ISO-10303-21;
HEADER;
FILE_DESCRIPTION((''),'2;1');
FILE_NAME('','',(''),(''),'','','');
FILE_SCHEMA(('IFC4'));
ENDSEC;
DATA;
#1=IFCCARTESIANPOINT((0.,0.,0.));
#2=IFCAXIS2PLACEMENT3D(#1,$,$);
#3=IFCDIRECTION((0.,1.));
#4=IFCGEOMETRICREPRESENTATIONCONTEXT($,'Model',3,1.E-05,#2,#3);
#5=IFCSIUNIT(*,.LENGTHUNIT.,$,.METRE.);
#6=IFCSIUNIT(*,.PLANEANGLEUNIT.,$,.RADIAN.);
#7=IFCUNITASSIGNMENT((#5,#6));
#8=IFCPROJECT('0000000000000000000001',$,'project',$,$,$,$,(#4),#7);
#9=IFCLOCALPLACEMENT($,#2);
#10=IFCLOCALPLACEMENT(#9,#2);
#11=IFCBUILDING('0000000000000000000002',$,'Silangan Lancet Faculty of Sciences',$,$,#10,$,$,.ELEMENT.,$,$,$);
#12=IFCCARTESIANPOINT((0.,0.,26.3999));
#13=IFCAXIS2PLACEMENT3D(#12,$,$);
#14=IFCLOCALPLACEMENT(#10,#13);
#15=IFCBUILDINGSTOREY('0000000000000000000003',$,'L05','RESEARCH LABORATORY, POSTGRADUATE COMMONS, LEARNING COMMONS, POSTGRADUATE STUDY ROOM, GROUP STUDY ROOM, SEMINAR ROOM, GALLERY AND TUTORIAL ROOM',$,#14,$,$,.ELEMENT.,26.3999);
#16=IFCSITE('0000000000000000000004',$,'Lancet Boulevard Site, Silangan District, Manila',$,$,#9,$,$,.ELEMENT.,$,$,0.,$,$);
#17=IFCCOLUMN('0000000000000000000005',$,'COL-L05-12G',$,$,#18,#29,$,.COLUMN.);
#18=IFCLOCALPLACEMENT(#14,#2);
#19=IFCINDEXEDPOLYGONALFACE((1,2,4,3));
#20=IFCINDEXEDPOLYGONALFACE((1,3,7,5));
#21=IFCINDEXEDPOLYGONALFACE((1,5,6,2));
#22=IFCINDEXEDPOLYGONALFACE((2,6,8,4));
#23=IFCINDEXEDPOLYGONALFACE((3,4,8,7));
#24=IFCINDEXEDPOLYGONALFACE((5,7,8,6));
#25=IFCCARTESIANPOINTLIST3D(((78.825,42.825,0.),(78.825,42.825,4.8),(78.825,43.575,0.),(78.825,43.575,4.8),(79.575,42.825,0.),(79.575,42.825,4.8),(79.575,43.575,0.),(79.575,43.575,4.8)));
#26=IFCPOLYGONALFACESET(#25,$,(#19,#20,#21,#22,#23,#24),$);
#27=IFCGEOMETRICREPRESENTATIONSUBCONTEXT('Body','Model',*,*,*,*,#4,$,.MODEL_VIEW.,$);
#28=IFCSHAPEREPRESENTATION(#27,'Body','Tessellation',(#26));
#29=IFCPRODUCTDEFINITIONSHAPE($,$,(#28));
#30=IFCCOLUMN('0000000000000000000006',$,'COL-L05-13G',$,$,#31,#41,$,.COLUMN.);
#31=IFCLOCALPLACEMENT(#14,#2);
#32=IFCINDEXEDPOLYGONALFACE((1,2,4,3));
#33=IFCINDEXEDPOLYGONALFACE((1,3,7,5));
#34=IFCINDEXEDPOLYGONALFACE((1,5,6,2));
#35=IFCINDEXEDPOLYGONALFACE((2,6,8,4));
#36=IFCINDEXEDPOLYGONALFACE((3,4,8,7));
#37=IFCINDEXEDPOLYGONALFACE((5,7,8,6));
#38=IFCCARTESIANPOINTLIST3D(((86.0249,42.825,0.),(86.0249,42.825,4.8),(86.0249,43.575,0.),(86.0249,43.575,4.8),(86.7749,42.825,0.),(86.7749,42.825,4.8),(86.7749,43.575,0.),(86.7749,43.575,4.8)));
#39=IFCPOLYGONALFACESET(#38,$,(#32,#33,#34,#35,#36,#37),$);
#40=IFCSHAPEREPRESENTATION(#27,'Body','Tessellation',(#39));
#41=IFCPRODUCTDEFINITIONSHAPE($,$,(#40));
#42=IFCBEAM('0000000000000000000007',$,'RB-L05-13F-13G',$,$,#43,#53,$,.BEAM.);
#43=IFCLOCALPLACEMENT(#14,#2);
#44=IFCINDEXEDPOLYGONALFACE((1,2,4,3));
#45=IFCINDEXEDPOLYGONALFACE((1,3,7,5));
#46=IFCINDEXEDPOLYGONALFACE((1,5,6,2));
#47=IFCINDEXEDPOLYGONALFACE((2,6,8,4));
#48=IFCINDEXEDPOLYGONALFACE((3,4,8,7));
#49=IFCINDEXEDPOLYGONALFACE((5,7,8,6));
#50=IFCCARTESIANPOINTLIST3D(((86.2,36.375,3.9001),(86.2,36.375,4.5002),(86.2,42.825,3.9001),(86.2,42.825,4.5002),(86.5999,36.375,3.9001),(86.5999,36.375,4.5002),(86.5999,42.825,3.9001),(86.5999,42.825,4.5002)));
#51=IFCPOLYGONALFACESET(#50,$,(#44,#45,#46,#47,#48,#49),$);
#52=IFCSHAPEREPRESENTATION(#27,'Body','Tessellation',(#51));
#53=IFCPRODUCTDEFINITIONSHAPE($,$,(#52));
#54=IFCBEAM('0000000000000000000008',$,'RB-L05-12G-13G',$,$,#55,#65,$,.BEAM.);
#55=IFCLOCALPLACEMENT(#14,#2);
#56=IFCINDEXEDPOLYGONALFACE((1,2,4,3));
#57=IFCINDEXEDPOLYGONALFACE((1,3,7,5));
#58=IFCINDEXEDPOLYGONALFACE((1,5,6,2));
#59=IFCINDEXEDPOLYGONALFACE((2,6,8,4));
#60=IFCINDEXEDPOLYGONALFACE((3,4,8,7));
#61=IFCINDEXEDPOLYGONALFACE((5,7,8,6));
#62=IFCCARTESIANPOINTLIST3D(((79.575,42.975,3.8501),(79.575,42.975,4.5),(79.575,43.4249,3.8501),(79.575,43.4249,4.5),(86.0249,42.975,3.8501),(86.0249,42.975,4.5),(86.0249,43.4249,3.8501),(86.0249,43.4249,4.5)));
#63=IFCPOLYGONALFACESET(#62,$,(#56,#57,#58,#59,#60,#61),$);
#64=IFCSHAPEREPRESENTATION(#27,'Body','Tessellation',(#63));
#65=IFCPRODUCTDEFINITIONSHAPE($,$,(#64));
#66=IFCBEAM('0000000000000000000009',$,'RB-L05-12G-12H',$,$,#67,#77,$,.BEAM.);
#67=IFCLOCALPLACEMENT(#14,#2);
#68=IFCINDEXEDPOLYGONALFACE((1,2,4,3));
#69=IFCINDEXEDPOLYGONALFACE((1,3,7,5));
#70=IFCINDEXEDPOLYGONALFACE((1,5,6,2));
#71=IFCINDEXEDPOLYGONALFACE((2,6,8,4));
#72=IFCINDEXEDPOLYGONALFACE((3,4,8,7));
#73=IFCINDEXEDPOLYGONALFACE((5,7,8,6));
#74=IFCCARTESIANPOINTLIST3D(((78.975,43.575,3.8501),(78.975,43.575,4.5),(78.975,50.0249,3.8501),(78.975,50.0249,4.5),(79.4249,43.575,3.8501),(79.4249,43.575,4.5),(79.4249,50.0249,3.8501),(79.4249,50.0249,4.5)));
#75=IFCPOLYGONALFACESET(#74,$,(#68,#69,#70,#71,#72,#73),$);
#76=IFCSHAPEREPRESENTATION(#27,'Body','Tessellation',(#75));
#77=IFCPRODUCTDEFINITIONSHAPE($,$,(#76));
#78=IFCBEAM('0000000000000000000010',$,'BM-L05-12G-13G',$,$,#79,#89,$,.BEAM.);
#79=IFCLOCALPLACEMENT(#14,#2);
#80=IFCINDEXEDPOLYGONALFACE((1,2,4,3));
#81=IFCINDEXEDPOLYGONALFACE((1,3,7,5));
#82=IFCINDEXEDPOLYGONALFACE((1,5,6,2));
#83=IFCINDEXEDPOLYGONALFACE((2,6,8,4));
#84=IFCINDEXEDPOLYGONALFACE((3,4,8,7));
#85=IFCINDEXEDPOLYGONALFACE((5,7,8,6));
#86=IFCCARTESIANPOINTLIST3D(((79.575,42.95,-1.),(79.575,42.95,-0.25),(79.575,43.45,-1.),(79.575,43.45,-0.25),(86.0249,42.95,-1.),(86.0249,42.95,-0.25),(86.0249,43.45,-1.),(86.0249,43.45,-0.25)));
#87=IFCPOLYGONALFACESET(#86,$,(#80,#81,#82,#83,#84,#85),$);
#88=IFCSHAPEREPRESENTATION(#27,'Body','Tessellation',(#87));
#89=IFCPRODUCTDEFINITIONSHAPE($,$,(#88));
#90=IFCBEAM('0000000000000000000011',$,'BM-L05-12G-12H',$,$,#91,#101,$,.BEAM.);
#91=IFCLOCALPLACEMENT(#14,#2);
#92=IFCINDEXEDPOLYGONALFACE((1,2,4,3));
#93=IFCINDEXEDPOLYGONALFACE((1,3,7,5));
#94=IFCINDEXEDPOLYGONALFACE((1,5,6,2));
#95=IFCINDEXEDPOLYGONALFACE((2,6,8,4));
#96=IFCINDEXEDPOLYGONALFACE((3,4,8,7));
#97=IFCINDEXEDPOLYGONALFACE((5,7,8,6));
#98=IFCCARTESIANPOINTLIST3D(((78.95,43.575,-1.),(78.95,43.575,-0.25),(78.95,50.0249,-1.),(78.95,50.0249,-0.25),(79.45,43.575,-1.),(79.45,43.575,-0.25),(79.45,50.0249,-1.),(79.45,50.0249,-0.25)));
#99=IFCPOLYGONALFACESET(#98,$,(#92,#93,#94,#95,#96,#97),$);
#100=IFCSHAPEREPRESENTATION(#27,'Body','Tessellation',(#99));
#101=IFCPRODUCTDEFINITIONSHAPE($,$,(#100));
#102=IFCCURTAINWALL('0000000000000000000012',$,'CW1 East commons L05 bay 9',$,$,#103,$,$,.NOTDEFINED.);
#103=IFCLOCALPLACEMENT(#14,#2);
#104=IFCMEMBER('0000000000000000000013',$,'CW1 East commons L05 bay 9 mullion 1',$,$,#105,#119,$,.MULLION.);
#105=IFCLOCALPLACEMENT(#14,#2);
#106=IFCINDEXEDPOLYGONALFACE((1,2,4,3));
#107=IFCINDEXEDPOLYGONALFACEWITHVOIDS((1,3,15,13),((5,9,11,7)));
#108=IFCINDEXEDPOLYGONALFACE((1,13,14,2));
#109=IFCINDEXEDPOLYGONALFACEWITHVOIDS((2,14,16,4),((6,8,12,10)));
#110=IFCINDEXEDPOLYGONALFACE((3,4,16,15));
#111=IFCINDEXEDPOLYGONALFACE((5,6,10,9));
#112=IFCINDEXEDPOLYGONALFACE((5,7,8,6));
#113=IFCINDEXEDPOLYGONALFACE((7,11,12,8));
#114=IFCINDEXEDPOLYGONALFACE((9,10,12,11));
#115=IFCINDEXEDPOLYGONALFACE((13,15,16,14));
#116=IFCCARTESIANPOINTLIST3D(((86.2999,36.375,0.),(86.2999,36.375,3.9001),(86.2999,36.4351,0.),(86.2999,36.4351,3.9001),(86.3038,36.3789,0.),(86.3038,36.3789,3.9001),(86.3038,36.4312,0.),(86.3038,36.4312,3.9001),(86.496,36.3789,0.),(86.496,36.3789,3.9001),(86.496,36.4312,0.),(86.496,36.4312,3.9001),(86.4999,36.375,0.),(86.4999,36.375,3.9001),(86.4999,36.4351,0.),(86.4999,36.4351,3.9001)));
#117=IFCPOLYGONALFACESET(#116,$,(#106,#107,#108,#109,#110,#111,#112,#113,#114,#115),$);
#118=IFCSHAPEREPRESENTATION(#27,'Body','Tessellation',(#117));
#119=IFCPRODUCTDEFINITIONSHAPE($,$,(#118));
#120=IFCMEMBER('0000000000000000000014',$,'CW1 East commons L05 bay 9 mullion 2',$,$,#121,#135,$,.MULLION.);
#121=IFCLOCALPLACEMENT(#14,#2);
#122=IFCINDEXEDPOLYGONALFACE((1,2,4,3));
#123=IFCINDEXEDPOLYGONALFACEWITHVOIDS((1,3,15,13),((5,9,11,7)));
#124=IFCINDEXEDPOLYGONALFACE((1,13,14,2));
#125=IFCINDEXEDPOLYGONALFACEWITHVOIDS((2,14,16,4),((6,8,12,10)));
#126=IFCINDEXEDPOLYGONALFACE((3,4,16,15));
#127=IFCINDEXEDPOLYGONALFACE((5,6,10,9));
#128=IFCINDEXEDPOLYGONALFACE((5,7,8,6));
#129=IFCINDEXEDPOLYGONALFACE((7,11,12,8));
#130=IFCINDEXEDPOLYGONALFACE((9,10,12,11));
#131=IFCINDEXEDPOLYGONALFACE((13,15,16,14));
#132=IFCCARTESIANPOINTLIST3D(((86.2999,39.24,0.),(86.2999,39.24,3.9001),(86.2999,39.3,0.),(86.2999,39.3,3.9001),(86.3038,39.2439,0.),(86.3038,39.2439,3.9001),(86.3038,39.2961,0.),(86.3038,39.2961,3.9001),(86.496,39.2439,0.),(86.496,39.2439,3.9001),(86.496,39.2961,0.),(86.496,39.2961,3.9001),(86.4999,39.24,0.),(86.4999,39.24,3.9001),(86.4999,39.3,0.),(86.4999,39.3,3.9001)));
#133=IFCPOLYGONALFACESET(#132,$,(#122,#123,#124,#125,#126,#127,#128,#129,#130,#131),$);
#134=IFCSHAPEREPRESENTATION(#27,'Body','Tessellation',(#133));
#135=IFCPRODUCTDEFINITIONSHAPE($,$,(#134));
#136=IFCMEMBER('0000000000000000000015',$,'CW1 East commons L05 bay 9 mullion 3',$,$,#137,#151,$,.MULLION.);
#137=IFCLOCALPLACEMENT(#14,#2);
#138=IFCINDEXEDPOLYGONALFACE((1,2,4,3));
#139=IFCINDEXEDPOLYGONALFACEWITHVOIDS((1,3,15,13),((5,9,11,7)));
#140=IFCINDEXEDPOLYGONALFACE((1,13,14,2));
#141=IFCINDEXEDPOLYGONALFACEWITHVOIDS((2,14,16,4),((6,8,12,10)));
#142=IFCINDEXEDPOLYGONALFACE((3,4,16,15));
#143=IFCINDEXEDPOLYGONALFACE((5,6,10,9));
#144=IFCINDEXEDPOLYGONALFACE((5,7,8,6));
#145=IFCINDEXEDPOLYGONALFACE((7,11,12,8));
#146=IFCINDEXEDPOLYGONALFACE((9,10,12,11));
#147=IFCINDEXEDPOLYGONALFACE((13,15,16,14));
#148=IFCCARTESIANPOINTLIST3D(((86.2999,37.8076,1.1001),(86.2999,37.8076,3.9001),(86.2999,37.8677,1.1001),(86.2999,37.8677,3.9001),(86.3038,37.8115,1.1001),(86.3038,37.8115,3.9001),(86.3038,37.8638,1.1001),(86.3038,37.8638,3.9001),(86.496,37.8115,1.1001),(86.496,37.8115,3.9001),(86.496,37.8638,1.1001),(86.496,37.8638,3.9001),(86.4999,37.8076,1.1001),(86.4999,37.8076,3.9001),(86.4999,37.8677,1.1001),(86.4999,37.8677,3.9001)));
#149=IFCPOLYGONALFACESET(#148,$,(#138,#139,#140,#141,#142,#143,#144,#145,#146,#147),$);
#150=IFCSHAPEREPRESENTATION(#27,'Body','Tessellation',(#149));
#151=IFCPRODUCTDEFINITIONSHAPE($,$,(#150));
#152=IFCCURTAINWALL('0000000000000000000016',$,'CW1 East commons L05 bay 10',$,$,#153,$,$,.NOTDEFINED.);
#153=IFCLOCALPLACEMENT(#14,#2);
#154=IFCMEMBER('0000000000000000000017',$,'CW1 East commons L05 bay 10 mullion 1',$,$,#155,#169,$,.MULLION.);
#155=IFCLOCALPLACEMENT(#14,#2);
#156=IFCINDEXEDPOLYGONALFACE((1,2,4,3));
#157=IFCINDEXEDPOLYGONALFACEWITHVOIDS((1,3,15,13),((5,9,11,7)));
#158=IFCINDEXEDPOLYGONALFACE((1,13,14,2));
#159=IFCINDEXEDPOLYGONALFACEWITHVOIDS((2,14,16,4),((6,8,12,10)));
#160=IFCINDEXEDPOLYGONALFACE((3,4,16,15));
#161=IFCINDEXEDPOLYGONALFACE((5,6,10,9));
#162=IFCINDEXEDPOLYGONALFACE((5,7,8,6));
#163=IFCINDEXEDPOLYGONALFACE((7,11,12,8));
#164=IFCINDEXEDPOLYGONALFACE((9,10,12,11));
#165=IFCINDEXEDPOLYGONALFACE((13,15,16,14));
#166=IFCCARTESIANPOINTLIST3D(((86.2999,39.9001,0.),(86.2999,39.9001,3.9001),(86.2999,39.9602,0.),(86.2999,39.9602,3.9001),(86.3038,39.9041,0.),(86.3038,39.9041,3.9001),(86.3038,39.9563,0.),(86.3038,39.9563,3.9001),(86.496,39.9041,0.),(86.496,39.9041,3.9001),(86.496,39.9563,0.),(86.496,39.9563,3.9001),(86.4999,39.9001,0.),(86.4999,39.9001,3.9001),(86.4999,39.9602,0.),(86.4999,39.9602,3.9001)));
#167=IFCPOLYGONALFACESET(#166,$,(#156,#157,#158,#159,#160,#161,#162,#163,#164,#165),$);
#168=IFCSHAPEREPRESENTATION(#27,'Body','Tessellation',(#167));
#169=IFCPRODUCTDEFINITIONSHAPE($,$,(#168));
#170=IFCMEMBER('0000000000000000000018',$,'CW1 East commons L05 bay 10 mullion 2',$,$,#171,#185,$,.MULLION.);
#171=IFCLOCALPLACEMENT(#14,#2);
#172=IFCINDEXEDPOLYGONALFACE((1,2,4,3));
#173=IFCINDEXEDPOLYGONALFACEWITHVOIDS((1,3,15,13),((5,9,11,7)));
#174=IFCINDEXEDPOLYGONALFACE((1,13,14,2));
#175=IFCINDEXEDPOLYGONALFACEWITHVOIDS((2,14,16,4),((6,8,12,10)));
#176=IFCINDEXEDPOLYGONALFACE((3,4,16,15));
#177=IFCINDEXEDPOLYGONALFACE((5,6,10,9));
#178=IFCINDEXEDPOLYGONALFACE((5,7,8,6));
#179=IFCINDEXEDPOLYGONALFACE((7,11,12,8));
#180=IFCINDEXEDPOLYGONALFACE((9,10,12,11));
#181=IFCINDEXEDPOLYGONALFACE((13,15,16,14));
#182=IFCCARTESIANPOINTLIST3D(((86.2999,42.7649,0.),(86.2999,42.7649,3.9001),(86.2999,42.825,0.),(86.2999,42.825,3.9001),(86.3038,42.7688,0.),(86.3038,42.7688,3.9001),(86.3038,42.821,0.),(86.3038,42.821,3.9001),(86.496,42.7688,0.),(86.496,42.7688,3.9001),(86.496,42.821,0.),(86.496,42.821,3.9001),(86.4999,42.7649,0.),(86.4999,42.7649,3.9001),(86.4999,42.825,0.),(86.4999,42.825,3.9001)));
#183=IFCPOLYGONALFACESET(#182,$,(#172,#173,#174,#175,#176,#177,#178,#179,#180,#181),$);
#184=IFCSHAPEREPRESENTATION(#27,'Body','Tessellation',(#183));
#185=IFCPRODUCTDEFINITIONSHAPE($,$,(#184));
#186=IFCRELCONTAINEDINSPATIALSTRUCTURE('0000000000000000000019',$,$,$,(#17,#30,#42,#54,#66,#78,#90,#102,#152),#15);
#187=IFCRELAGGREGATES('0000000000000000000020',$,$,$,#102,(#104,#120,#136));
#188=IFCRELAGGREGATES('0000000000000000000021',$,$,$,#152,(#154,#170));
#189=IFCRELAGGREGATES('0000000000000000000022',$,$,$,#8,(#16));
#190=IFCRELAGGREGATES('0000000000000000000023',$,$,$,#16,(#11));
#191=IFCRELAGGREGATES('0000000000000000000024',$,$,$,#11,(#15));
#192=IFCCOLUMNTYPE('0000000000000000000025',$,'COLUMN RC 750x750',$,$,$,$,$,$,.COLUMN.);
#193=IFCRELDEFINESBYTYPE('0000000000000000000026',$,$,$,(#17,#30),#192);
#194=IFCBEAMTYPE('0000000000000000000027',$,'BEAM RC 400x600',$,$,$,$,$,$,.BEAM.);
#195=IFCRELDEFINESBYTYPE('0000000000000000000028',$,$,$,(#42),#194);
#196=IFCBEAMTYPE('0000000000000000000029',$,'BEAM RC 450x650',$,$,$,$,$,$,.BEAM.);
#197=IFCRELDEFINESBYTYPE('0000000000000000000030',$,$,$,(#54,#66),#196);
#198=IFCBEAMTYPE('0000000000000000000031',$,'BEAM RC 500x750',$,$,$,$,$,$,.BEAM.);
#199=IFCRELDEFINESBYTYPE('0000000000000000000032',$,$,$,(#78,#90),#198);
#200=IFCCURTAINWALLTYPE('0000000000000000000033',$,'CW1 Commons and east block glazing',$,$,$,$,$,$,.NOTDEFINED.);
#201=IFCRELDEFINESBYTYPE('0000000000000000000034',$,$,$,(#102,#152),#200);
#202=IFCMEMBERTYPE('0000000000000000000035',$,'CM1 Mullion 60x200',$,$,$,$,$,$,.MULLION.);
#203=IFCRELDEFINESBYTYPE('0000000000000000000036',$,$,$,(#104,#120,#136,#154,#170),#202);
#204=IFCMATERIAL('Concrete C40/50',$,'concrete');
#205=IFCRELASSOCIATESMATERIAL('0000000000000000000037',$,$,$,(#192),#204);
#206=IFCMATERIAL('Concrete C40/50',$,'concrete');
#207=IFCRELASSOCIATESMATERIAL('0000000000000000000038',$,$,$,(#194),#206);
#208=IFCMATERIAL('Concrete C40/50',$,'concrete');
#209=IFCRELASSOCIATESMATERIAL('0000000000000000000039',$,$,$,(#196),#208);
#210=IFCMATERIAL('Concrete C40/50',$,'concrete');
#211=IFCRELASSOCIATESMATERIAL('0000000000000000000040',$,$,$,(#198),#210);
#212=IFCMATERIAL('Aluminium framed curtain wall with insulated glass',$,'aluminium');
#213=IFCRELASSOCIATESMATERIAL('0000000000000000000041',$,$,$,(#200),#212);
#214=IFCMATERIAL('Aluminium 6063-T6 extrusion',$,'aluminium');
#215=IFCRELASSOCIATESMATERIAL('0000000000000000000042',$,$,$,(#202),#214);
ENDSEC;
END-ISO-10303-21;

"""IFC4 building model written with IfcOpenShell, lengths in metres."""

from ifc_helpers import new_model, si_unit, direction, frame, origin, origin_2d, place, context, subcontext, project, spatial, rectangle, hollow_rectangle, extrude, material, material_profile, profile_set, type_object, element, aggregate, save


model = new_model("IFC4")

# Units and contexts
model_context = context("Model", 3, precision=1e-05, world=origin(), true_north=direction((0.0, 1.0)))
body_context = subcontext(model_context, "Body", "Model", "MODEL_VIEW")
ifc_project = project(units=[si_unit("LENGTHUNIT", "METRE"), si_unit("PLANEANGLEUNIT", "RADIAN")], contexts=[model_context])

# Site, building, storey
site_placement = place(None, origin())
site = spatial("IfcSite", under=ifc_project, at=site_placement, Name="Lancet Boulevard Site, Silangan District, Manila", CompositionType="ELEMENT", RefElevation=0.0)
building_placement = place(site_placement, origin())
building = spatial("IfcBuilding", under=site, at=building_placement, Name="Silangan Lancet Faculty of Sciences", CompositionType="ELEMENT")
storey_placement = place(building_placement, frame((0.0, 0.0, 26.3999)))
storey = spatial("IfcBuildingStorey", under=building, at=storey_placement, Name="L05", Description="RESEARCH LABORATORY, POSTGRADUATE COMMONS, LEARNING COMMONS, POSTGRADUATE STUDY ROOM, GROUP STUDY ROOM, SEMINAR ROOM, GALLERY AND TUTORIAL ROOM", CompositionType="ELEMENT", Elevation=26.3999)

# Columns
ifc_material_1 = material(Name="Concrete C40/50", Category="concrete")
ifc_material_profile_1 = material_profile(ifc_material_1, rectangle(XDim=0.75, YDim=0.75, at=origin_2d()), Name="RC 750x750")
ifc_profile_set_1 = profile_set([ifc_material_profile_1], Name="Concrete C40/50")
column_type = type_object("IfcColumnType", Name="COLUMN RC 750x750", PredefinedType="COLUMN", material=ifc_profile_set_1)
for number, where, z_axis, x_axis, name in (
    (1, (79.2, 43.2, 0.0), (0.0, 0.0, 1.0), (1.0, 0.0, 0.0), "COL-L05-12G"),
    (2, (86.3999, 43.2, 0.0), (0.0, 0.0, 1.0), (1.0, 0.0, 0.0), "COL-L05-13G"),
):
    element("IfcColumn", number, at=place(storey_placement, frame(where, z_axis=z_axis, x_axis=x_axis)), inside=storey, type_object=column_type, Name=name, PredefinedType="COLUMN", context=body_context, shape_type="SweptSolid", body=[
        extrude(rectangle(XDim=0.75, YDim=0.75, at=origin_2d()), origin(), (0.0, 0.0, 1.0), 4.8),
    ])

# Beams
ifc_material_2 = material(Name="Concrete C40/50", Category="concrete")
ifc_material_profile_2 = material_profile(ifc_material_2, rectangle(XDim=0.3999, YDim=0.6001, at=origin_2d()), Name="RC 400x600")
ifc_profile_set_2 = profile_set([ifc_material_profile_2], Name="Concrete C40/50")
beam_type_1 = type_object("IfcBeamType", Name="BEAM RC 400x600", PredefinedType="BEAM", material=ifc_profile_set_2)
beam_placement = place(storey_placement, frame((86.3999, 36.375, 4.2002), z_axis=(0.0, 1.0, 0.0), x_axis=(-1.0, 0.0, 0.0)))
element("IfcBeam", 3, at=beam_placement, inside=storey, type_object=beam_type_1, Name="RB-L05-13F-13G", PredefinedType="BEAM", context=body_context, shape_type="SweptSolid", body=[
    extrude(rectangle(XDim=0.3999, YDim=0.6001, at=origin_2d()), origin(), (0.0, 0.0, 1.0), 6.45),
])
ifc_material_3 = material(Name="Concrete C40/50", Category="concrete")
ifc_material_profile_3 = material_profile(ifc_material_3, rectangle(XDim=0.45, YDim=0.6499, at=origin_2d()), Name="RC 450x650")
ifc_profile_set_3 = profile_set([ifc_material_profile_3], Name="Concrete C40/50")
beam_type_2 = type_object("IfcBeamType", Name="BEAM RC 450x650", PredefinedType="BEAM", material=ifc_profile_set_3)
for number, where, z_axis, x_axis, name in (
    (4, (79.575, 43.2, 4.175), (1.0, 0.0, 0.0), (0.0, 1.0, 0.0), "RB-L05-12G-13G"),
    (5, (79.2, 43.575, 4.175), (0.0, 1.0, 0.0), (-1.0, 0.0, 0.0), "RB-L05-12G-12H"),
):
    element("IfcBeam", number, at=place(storey_placement, frame(where, z_axis=z_axis, x_axis=x_axis)), inside=storey, type_object=beam_type_2, Name=name, PredefinedType="BEAM", context=body_context, shape_type="SweptSolid", body=[
        extrude(rectangle(XDim=0.45, YDim=0.6499, at=origin_2d()), origin(), (0.0, 0.0, 1.0), 6.45),
    ])
ifc_material_4 = material(Name="Concrete C40/50", Category="concrete")
ifc_material_profile_4 = material_profile(ifc_material_4, rectangle(XDim=0.5, YDim=0.75, at=origin_2d()), Name="RC 500x750")
ifc_profile_set_4 = profile_set([ifc_material_profile_4], Name="Concrete C40/50")
beam_type_3 = type_object("IfcBeamType", Name="BEAM RC 500x750", PredefinedType="BEAM", material=ifc_profile_set_4)
for number, where, z_axis, x_axis, name in (
    (6, (79.575, 43.2, -0.625), (1.0, 0.0, 0.0), (0.0, 1.0, 0.0), "BM-L05-12G-13G"),
    (7, (79.2, 43.575, -0.625), (0.0, 1.0, 0.0), (-1.0, 0.0, 0.0), "BM-L05-12G-12H"),
):
    element("IfcBeam", number, at=place(storey_placement, frame(where, z_axis=z_axis, x_axis=x_axis)), inside=storey, type_object=beam_type_3, Name=name, PredefinedType="BEAM", context=body_context, shape_type="SweptSolid", body=[
        extrude(rectangle(XDim=0.5, YDim=0.75, at=origin_2d()), origin(), (0.0, 0.0, 1.0), 6.45),
    ])

# Curtain walls, members
ifc_material_5 = material(Name="Aluminium framed curtain wall with insulated glass", Category="aluminium")
curtain_wall_type = type_object("IfcCurtainWallType", Name="CW1 Commons and east block glazing", PredefinedType="NOTDEFINED", material=ifc_material_5)
curtain_wall_1_placement = place(storey_placement, origin())
curtain_wall_1 = element("IfcCurtainWall", 8, at=curtain_wall_1_placement, inside=storey, type_object=curtain_wall_type, Name="CW1 East commons L05 bay 9", PredefinedType="NOTDEFINED")
ifc_material_6 = material(Name="Aluminium 6063-T6 extrusion", Category="aluminium")
ifc_material_profile_5 = material_profile(ifc_material_6, hollow_rectangle(XDim=0.0601, YDim=0.2, WallThickness=0.0039, at=origin_2d()), Name="AL BOX 60x200x4")
ifc_profile_set_5 = profile_set([ifc_material_profile_5], Name="Aluminium 6063-T6 extrusion")
member_type_1 = type_object("IfcMemberType", Name="CM1 Mullion 60x200", PredefinedType="MULLION", material=ifc_profile_set_5)
member_1_placement = place(storey_placement, frame((86.3999, 36.405, 0.0), z_axis=(0.0, 0.0, 1.0), x_axis=(0.0, 1.0, 0.0)))
member_1 = element("IfcMember", 9, at=member_1_placement, type_object=member_type_1, Name="CW1 East commons L05 bay 9 mullion 1", PredefinedType="MULLION", context=body_context, shape_type="SweptSolid", body=[
    extrude(hollow_rectangle(XDim=0.0601, YDim=0.2, WallThickness=0.0039, at=origin_2d()), origin(), (0.0, 0.0, 1.0), 3.9001),
])
member_2_placement = place(storey_placement, frame((86.3999, 39.27, 0.0), z_axis=(0.0, 0.0, 1.0), x_axis=(0.0, 1.0, 0.0)))
member_2 = element("IfcMember", 10, at=member_2_placement, type_object=member_type_1, Name="CW1 East commons L05 bay 9 mullion 2", PredefinedType="MULLION", context=body_context, shape_type="SweptSolid", body=[
    extrude(hollow_rectangle(XDim=0.0601, YDim=0.2, WallThickness=0.0039, at=origin_2d()), origin(), (0.0, 0.0, 1.0), 3.9001),
])
member_3_placement = place(storey_placement, frame((86.3999, 37.8376, 1.1001), z_axis=(0.0, 0.0, 1.0), x_axis=(0.0, 1.0, 0.0)))
member_3 = element("IfcMember", 11, at=member_3_placement, type_object=member_type_1, Name="CW1 East commons L05 bay 9 mullion 3", PredefinedType="MULLION", context=body_context, shape_type="SweptSolid", body=[
    extrude(hollow_rectangle(XDim=0.0601, YDim=0.2, WallThickness=0.0039, at=origin_2d()), origin(), (0.0, 0.0, 1.0), 2.8),
])
curtain_wall_2_placement = place(storey_placement, origin())
curtain_wall_2 = element("IfcCurtainWall", 12, at=curtain_wall_2_placement, inside=storey, type_object=curtain_wall_type, Name="CW1 East commons L05 bay 10", PredefinedType="NOTDEFINED")
member_4_placement = place(storey_placement, frame((86.3999, 39.9302, 0.0), z_axis=(0.0, 0.0, 1.0), x_axis=(0.0, 1.0, 0.0)))
member_4 = element("IfcMember", 13, at=member_4_placement, type_object=member_type_1, Name="CW1 East commons L05 bay 10 mullion 1", PredefinedType="MULLION", context=body_context, shape_type="SweptSolid", body=[
    extrude(hollow_rectangle(XDim=0.0601, YDim=0.2, WallThickness=0.0039, at=origin_2d()), origin(), (0.0, 0.0, 1.0), 3.9001),
])
member_5_placement = place(storey_placement, frame((86.3999, 42.7949, 0.0), z_axis=(0.0, 0.0, 1.0), x_axis=(0.0, 1.0, 0.0)))
member_5 = element("IfcMember", 14, at=member_5_placement, type_object=member_type_1, Name="CW1 East commons L05 bay 10 mullion 2", PredefinedType="MULLION", context=body_context, shape_type="SweptSolid", body=[
    extrude(hollow_rectangle(XDim=0.0601, YDim=0.2, WallThickness=0.0039, at=origin_2d()), origin(), (0.0, 0.0, 1.0), 3.9001),
])

aggregate(curtain_wall_1, [member_1, member_2, member_3])
aggregate(curtain_wall_2, [member_4, member_5])

save(model, "model.ifc")
